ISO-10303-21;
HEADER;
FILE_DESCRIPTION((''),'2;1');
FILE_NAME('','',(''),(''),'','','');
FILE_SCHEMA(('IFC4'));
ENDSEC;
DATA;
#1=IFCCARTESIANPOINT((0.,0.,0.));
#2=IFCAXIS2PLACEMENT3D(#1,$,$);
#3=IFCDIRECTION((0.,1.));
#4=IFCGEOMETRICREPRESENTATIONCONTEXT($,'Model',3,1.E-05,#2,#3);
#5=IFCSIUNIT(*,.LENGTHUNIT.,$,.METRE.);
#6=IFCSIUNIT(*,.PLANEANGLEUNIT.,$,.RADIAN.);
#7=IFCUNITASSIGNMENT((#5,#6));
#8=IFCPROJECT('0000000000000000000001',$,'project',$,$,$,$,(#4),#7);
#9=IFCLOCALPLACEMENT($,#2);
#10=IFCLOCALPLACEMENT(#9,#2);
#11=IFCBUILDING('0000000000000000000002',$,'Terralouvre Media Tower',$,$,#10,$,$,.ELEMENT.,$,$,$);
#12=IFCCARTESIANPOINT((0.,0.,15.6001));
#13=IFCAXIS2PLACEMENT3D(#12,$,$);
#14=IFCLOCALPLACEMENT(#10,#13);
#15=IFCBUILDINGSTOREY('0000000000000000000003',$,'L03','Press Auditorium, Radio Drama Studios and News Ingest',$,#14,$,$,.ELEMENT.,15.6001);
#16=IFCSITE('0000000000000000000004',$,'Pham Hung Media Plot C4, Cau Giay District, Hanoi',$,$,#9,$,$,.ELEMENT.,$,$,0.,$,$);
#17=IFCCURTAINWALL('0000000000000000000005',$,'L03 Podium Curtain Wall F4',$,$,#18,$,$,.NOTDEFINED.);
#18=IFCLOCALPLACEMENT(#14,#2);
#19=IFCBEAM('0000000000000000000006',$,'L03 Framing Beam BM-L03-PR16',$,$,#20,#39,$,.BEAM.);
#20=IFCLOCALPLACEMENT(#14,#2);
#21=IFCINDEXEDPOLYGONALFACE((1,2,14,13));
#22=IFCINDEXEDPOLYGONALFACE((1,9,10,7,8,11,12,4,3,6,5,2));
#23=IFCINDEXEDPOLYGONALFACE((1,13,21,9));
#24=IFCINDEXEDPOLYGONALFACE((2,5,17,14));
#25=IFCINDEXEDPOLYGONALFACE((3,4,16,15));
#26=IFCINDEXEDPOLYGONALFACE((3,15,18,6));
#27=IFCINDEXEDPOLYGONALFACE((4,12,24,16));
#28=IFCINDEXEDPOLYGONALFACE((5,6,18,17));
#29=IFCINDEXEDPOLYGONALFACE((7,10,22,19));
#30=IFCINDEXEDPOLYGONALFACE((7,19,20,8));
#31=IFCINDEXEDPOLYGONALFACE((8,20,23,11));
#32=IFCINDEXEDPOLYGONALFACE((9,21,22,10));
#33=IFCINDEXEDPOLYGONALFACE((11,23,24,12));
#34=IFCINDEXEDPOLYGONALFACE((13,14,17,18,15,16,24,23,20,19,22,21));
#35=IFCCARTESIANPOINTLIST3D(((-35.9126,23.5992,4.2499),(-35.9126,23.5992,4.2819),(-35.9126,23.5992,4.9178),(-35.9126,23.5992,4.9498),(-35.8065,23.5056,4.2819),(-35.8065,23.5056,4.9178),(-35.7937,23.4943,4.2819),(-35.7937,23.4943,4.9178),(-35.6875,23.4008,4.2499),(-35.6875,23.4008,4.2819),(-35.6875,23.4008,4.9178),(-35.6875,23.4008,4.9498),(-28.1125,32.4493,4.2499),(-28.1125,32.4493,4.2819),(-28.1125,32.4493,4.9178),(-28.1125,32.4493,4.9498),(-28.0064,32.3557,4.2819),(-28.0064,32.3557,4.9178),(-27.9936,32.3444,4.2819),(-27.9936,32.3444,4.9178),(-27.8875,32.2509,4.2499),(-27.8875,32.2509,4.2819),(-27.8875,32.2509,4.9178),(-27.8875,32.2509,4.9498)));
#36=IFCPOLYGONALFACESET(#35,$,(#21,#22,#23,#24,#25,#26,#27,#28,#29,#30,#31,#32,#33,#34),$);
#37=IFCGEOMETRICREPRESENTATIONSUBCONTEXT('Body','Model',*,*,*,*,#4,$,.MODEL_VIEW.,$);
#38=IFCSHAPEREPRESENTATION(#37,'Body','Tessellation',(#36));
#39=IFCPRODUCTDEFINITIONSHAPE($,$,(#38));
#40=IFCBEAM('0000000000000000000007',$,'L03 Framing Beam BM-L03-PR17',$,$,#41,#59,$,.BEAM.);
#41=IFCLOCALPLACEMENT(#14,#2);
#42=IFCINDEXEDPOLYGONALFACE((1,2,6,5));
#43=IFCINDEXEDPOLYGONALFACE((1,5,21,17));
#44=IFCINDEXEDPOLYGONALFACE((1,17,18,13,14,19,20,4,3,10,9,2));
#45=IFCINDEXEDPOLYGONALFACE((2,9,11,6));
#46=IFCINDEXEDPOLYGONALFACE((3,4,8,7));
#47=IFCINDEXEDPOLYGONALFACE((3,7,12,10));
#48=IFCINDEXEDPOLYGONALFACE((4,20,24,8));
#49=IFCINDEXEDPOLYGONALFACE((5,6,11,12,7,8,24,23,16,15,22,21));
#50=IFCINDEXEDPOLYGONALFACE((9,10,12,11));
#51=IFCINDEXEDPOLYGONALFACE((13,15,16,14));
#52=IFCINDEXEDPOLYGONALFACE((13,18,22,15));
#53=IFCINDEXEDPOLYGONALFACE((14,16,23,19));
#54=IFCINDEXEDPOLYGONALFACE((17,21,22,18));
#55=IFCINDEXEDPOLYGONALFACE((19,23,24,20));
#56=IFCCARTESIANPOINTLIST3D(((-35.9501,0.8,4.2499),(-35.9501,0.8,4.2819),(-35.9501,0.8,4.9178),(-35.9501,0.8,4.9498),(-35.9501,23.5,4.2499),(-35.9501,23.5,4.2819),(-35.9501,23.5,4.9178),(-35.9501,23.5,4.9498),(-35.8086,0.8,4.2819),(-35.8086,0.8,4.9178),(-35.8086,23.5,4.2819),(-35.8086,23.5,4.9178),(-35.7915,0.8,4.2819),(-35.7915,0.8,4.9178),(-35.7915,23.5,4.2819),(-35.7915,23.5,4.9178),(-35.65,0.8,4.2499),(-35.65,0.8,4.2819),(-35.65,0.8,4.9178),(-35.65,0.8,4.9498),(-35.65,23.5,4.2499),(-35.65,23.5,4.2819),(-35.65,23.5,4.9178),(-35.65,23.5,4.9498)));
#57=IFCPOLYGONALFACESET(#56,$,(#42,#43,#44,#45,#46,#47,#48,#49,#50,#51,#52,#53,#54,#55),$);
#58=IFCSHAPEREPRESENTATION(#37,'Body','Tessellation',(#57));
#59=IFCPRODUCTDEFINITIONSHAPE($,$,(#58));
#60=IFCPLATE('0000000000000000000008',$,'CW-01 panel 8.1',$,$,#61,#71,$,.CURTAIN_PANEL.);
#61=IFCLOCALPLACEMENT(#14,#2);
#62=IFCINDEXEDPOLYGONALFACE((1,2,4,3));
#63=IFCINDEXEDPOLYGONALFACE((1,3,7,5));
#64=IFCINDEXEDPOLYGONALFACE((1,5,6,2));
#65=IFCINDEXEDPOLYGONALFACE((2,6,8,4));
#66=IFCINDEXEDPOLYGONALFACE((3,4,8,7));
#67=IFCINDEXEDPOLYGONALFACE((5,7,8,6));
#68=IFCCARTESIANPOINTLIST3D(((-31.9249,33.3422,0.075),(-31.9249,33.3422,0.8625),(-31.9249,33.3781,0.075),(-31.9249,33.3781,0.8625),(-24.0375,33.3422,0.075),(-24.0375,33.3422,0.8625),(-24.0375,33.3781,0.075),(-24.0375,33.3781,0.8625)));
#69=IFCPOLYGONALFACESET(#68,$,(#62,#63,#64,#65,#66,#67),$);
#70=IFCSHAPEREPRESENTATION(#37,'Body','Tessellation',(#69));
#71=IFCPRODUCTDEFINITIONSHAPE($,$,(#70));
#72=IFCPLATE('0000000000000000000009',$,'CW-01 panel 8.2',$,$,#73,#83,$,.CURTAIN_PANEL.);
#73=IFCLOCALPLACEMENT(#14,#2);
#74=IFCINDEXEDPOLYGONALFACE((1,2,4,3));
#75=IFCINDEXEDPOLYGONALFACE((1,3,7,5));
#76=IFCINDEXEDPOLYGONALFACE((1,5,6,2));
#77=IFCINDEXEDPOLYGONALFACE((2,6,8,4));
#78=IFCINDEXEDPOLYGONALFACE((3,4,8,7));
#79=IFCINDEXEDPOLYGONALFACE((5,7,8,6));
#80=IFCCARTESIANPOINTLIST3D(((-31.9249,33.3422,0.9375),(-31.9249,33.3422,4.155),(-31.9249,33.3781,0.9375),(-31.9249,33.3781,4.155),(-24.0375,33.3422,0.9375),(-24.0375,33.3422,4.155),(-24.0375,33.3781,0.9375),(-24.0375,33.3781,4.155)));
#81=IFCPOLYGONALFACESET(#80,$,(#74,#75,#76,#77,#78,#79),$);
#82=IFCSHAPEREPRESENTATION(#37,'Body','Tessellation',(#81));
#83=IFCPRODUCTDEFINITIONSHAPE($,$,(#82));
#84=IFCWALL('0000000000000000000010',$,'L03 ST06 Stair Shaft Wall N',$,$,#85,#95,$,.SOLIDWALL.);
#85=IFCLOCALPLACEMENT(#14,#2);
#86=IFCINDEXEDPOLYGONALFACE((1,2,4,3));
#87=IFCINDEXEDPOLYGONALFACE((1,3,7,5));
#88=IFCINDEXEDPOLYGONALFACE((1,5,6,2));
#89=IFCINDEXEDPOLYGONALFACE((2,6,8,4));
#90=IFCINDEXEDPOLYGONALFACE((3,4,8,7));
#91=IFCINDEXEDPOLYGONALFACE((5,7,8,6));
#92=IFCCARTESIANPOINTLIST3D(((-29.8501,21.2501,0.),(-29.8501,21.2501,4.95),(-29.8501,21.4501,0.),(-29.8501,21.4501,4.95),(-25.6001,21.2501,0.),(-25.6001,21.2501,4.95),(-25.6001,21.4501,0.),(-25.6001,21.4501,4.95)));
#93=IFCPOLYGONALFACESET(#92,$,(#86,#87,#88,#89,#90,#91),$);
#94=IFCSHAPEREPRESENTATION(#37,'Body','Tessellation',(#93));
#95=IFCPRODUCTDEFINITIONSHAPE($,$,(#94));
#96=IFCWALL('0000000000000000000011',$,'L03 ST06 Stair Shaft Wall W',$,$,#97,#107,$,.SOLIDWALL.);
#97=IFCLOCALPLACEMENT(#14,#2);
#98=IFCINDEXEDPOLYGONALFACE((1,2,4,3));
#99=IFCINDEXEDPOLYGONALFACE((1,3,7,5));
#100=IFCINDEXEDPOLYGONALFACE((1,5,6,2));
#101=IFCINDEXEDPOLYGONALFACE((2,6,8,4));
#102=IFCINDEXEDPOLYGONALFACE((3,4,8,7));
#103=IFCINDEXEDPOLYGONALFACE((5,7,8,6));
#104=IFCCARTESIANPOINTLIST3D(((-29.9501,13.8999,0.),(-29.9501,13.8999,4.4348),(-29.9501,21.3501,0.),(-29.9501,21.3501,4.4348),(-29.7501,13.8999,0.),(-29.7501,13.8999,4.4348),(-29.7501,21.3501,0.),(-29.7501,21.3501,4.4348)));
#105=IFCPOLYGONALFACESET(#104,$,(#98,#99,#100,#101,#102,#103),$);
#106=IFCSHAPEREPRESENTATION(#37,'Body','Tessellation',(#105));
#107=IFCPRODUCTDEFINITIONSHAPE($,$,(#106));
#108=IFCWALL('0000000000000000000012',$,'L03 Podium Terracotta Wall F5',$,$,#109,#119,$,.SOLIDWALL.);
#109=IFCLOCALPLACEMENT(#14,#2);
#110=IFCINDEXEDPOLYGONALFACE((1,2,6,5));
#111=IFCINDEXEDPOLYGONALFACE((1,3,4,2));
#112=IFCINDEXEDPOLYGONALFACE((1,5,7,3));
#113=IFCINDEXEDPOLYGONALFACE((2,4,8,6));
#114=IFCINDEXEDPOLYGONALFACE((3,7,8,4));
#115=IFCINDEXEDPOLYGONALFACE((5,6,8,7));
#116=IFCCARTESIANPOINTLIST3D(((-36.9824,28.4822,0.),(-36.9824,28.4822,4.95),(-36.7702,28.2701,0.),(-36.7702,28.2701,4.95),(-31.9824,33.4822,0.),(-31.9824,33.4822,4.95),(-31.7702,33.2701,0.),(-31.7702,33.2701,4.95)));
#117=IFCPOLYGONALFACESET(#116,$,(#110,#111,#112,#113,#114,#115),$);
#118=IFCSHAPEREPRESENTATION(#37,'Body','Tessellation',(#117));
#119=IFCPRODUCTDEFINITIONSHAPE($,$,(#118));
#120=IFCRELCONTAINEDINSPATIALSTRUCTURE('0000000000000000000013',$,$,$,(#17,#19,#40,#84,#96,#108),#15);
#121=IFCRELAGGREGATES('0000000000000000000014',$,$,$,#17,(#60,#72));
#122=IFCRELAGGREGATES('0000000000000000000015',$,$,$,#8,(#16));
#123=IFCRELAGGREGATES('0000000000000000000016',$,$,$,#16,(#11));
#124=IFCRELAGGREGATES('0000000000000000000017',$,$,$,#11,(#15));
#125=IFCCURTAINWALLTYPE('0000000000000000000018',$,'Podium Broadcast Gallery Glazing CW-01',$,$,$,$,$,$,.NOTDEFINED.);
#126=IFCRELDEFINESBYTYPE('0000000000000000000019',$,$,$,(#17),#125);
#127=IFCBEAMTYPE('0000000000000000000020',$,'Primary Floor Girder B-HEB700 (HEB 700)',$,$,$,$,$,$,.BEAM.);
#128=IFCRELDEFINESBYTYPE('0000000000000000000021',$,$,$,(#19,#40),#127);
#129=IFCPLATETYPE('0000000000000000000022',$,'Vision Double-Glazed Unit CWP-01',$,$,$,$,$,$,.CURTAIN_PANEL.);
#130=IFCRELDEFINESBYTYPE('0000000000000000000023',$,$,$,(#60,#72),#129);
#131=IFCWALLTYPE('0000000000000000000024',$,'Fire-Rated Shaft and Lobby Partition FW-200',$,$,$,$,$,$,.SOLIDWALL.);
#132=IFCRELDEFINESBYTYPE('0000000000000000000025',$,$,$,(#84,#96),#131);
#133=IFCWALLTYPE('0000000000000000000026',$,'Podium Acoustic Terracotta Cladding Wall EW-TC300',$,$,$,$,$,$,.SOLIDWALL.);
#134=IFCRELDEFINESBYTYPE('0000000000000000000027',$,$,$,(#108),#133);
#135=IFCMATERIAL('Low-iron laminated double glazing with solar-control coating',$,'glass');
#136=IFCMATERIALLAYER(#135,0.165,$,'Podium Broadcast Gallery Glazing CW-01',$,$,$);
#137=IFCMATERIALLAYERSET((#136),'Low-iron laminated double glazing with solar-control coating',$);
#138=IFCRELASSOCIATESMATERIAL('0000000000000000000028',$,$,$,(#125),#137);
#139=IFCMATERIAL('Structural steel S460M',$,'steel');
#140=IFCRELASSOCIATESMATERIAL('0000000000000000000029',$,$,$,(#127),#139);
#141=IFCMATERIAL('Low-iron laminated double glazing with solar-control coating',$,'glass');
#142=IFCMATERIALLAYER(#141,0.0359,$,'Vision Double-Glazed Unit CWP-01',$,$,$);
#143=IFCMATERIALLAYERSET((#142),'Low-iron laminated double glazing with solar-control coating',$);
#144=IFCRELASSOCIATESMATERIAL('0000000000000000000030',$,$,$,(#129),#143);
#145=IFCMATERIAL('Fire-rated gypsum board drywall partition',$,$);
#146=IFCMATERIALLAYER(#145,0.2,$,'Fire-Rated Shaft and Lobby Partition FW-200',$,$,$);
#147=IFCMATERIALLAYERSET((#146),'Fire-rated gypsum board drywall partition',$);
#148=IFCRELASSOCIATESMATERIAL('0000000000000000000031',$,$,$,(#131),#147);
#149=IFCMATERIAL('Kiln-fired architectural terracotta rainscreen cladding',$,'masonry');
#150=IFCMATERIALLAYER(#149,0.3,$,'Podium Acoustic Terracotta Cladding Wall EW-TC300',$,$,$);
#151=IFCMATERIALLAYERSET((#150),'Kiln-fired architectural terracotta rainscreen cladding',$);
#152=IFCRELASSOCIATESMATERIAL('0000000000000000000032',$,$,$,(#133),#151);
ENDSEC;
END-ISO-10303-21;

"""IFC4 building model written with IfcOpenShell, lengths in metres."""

from ifc_helpers import new_model, si_unit, direction, frame, frame_2d, origin, origin_2d, place, context, subcontext, project, spatial, rectangle, i_section, extrude, material, layer, layer_set, material_profile, profile_set, type_object, element, aggregate, save


model = new_model("IFC4")

# Units and contexts
model_context = context("Model", 3, precision=1e-05, world=origin(), true_north=direction((0.0, 1.0)))
body_context = subcontext(model_context, "Body", "Model", "MODEL_VIEW")
ifc_project = project(units=[si_unit("LENGTHUNIT", "METRE"), si_unit("PLANEANGLEUNIT", "RADIAN")], contexts=[model_context])

# Site, building, storey
site_placement = place(None, origin())
site = spatial("IfcSite", under=ifc_project, at=site_placement, Name="Pham Hung Media Plot C4, Cau Giay District, Hanoi", CompositionType="ELEMENT", RefElevation=0.0)
building_placement = place(site_placement, origin())
building = spatial("IfcBuilding", under=site, at=building_placement, Name="Terralouvre Media Tower", CompositionType="ELEMENT")
storey_placement = place(building_placement, frame((0.0, 0.0, 15.6001)))
storey = spatial("IfcBuildingStorey", under=building, at=storey_placement, Name="L03", Description="Press Auditorium, Radio Drama Studios and News Ingest", CompositionType="ELEMENT", Elevation=15.6001)

# Curtain wall
ifc_material_1 = material(Name="Low-iron laminated double glazing with solar-control coating", Category="glass")
ifc_layer_1 = layer(ifc_material_1, 0.165, Name="Podium Broadcast Gallery Glazing CW-01")
ifc_layer_set_1 = layer_set([ifc_layer_1], Name="Low-iron laminated double glazing with solar-control coating")
curtain_wall_type = type_object("IfcCurtainWallType", Name="Podium Broadcast Gallery Glazing CW-01", PredefinedType="NOTDEFINED", material=ifc_layer_set_1)
curtain_wall_placement = place(storey_placement, origin())
curtain_wall = element("IfcCurtainWall", 1, at=curtain_wall_placement, inside=storey, type_object=curtain_wall_type, Name="L03 Podium Curtain Wall F4", PredefinedType="NOTDEFINED")

# Beams
ifc_material_2 = material(Name="Structural steel S460M", Category="steel")
ifc_material_profile_1 = material_profile(ifc_material_2, i_section(OverallWidth=0.3, OverallDepth=0.7, WebThickness=0.0171, FlangeThickness=0.032, at=origin_2d()), Name="HEB 700")
ifc_profile_set_1 = profile_set([ifc_material_profile_1], Name="Structural steel S460M")
beam_type_1 = type_object("IfcBeamType", Name="Primary Floor Girder B-HEB700 (HEB 700)", PredefinedType="BEAM", material=ifc_profile_set_1)
beam_1_placement = place(storey_placement, frame((-28.0, 32.3501, 4.5999), z_axis=(-0.661199, -0.75021, 0.0), x_axis=(0.75021, -0.661199, 0.0)))
element("IfcBeam", 2, at=beam_1_placement, inside=storey, type_object=beam_type_1, Name="L03 Framing Beam BM-L03-PR16", PredefinedType="BEAM", context=body_context, shape_type="SweptSolid", body=[
    extrude(i_section(OverallWidth=0.3, OverallDepth=0.7, WebThickness=0.0171, FlangeThickness=0.032, at=origin_2d()), origin(), (0.0, 0.0, 1.0), 11.7969),
])
beam_2_placement = place(storey_placement, frame((-35.8, 23.5, 4.5999), z_axis=(0.0, -1.0, 0.0), x_axis=(1.0, 0.0, 0.0)))
element("IfcBeam", 3, at=beam_2_placement, inside=storey, type_object=beam_type_1, Name="L03 Framing Beam BM-L03-PR17", PredefinedType="BEAM", context=body_context, shape_type="SweptSolid", body=[
    extrude(i_section(OverallWidth=0.3, OverallDepth=0.7, WebThickness=0.0171, FlangeThickness=0.032, at=origin_2d()), origin(), (0.0, 0.0, 1.0), 22.7),
])

# Plates
ifc_material_3 = material(Name="Low-iron laminated double glazing with solar-control coating", Category="glass")
ifc_layer_2 = layer(ifc_material_3, 0.0359, Name="Vision Double-Glazed Unit CWP-01")
ifc_layer_set_2 = layer_set([ifc_layer_2], Name="Low-iron laminated double glazing with solar-control coating")
plate_type = type_object("IfcPlateType", Name="Vision Double-Glazed Unit CWP-01", PredefinedType="CURTAIN_PANEL", material=ifc_layer_set_2)
plate_1_placement = place(storey_placement, frame((-27.9812, 33.3601, 0.075), z_axis=(0.0, 0.0, 1.0), x_axis=(-1.0, 0.0, 0.0)))
plate_1 = element("IfcPlate", 4, at=plate_1_placement, type_object=plate_type, Name="CW-01 panel 8.1", PredefinedType="CURTAIN_PANEL", context=body_context, shape_type="SweptSolid", body=[
    extrude(rectangle(XDim=7.8875, YDim=0.0359, at=origin_2d()), origin(), (0.0, 0.0, 1.0), 0.7876),
])
plate_2_placement = place(storey_placement, frame((-27.9812, 33.3601, 0.9375), z_axis=(0.0, 0.0, 1.0), x_axis=(-1.0, 0.0, 0.0)))
plate_2 = element("IfcPlate", 5, at=plate_2_placement, type_object=plate_type, Name="CW-01 panel 8.2", PredefinedType="CURTAIN_PANEL", context=body_context, shape_type="SweptSolid", body=[
    extrude(rectangle(XDim=7.8875, YDim=0.0359, at=origin_2d()), origin(), (0.0, 0.0, 1.0), 3.2175),
])
aggregate(curtain_wall, [plate_1, plate_2])

# Walls
ifc_material_4 = material(Name="Fire-rated gypsum board drywall partition")
ifc_layer_3 = layer(ifc_material_4, 0.2, Name="Fire-Rated Shaft and Lobby Partition FW-200")
ifc_layer_set_3 = layer_set([ifc_layer_3], Name="Fire-rated gypsum board drywall partition")
wall_type_1 = type_object("IfcWallType", Name="Fire-Rated Shaft and Lobby Partition FW-200", PredefinedType="SOLIDWALL", material=ifc_layer_set_3)
wall_1_placement = place(storey_placement, frame((-25.6001, 21.3501, 0.0), z_axis=(0.0, 0.0, 1.0), x_axis=(-1.0, 0.0, 0.0)))
element("IfcWall", 6, at=wall_1_placement, inside=storey, type_object=wall_type_1, Name="L03 ST06 Stair Shaft Wall N", PredefinedType="SOLIDWALL", context=body_context, shape_type="SweptSolid", body=[
    extrude(rectangle(XDim=4.25, YDim=0.2, at=frame_2d((2.125, 0.0))), origin(), (0.0, 0.0, 1.0), 4.95),
])
wall_2_placement = place(storey_placement, frame((-29.8501, 21.3501, 0.0), z_axis=(0.0, 0.0, 1.0), x_axis=(0.0, -1.0, 0.0)))
element("IfcWall", 7, at=wall_2_placement, inside=storey, type_object=wall_type_1, Name="L03 ST06 Stair Shaft Wall W", PredefinedType="SOLIDWALL", context=body_context, shape_type="SweptSolid", body=[
    extrude(rectangle(XDim=7.4502, YDim=0.2, at=frame_2d((3.7251, 0.0))), origin(), (0.0, 0.0, 1.0), 4.4348),
])
ifc_material_5 = material(Name="Kiln-fired architectural terracotta rainscreen cladding", Category="masonry")
ifc_layer_4 = layer(ifc_material_5, 0.3, Name="Podium Acoustic Terracotta Cladding Wall EW-TC300")
ifc_layer_set_4 = layer_set([ifc_layer_4], Name="Kiln-fired architectural terracotta rainscreen cladding")
wall_type_2 = type_object("IfcWallType", Name="Podium Acoustic Terracotta Cladding Wall EW-TC300", PredefinedType="SOLIDWALL", material=ifc_layer_set_4)
wall_3_placement = place(storey_placement, frame((-31.8762, 33.3762, 0.0), z_axis=(0.0, 0.0, 1.0), x_axis=(-0.707107, -0.707107, 0.0)))
element("IfcWall", 8, at=wall_3_placement, inside=storey, type_object=wall_type_2, Name="L03 Podium Terracotta Wall F5", PredefinedType="SOLIDWALL", context=body_context, shape_type="SweptSolid", body=[
    extrude(rectangle(XDim=7.071, YDim=0.3, at=frame_2d((3.5356, 0.0))), origin(), (0.0, 0.0, 1.0), 4.95),
])

save(model, "model.ifc")
